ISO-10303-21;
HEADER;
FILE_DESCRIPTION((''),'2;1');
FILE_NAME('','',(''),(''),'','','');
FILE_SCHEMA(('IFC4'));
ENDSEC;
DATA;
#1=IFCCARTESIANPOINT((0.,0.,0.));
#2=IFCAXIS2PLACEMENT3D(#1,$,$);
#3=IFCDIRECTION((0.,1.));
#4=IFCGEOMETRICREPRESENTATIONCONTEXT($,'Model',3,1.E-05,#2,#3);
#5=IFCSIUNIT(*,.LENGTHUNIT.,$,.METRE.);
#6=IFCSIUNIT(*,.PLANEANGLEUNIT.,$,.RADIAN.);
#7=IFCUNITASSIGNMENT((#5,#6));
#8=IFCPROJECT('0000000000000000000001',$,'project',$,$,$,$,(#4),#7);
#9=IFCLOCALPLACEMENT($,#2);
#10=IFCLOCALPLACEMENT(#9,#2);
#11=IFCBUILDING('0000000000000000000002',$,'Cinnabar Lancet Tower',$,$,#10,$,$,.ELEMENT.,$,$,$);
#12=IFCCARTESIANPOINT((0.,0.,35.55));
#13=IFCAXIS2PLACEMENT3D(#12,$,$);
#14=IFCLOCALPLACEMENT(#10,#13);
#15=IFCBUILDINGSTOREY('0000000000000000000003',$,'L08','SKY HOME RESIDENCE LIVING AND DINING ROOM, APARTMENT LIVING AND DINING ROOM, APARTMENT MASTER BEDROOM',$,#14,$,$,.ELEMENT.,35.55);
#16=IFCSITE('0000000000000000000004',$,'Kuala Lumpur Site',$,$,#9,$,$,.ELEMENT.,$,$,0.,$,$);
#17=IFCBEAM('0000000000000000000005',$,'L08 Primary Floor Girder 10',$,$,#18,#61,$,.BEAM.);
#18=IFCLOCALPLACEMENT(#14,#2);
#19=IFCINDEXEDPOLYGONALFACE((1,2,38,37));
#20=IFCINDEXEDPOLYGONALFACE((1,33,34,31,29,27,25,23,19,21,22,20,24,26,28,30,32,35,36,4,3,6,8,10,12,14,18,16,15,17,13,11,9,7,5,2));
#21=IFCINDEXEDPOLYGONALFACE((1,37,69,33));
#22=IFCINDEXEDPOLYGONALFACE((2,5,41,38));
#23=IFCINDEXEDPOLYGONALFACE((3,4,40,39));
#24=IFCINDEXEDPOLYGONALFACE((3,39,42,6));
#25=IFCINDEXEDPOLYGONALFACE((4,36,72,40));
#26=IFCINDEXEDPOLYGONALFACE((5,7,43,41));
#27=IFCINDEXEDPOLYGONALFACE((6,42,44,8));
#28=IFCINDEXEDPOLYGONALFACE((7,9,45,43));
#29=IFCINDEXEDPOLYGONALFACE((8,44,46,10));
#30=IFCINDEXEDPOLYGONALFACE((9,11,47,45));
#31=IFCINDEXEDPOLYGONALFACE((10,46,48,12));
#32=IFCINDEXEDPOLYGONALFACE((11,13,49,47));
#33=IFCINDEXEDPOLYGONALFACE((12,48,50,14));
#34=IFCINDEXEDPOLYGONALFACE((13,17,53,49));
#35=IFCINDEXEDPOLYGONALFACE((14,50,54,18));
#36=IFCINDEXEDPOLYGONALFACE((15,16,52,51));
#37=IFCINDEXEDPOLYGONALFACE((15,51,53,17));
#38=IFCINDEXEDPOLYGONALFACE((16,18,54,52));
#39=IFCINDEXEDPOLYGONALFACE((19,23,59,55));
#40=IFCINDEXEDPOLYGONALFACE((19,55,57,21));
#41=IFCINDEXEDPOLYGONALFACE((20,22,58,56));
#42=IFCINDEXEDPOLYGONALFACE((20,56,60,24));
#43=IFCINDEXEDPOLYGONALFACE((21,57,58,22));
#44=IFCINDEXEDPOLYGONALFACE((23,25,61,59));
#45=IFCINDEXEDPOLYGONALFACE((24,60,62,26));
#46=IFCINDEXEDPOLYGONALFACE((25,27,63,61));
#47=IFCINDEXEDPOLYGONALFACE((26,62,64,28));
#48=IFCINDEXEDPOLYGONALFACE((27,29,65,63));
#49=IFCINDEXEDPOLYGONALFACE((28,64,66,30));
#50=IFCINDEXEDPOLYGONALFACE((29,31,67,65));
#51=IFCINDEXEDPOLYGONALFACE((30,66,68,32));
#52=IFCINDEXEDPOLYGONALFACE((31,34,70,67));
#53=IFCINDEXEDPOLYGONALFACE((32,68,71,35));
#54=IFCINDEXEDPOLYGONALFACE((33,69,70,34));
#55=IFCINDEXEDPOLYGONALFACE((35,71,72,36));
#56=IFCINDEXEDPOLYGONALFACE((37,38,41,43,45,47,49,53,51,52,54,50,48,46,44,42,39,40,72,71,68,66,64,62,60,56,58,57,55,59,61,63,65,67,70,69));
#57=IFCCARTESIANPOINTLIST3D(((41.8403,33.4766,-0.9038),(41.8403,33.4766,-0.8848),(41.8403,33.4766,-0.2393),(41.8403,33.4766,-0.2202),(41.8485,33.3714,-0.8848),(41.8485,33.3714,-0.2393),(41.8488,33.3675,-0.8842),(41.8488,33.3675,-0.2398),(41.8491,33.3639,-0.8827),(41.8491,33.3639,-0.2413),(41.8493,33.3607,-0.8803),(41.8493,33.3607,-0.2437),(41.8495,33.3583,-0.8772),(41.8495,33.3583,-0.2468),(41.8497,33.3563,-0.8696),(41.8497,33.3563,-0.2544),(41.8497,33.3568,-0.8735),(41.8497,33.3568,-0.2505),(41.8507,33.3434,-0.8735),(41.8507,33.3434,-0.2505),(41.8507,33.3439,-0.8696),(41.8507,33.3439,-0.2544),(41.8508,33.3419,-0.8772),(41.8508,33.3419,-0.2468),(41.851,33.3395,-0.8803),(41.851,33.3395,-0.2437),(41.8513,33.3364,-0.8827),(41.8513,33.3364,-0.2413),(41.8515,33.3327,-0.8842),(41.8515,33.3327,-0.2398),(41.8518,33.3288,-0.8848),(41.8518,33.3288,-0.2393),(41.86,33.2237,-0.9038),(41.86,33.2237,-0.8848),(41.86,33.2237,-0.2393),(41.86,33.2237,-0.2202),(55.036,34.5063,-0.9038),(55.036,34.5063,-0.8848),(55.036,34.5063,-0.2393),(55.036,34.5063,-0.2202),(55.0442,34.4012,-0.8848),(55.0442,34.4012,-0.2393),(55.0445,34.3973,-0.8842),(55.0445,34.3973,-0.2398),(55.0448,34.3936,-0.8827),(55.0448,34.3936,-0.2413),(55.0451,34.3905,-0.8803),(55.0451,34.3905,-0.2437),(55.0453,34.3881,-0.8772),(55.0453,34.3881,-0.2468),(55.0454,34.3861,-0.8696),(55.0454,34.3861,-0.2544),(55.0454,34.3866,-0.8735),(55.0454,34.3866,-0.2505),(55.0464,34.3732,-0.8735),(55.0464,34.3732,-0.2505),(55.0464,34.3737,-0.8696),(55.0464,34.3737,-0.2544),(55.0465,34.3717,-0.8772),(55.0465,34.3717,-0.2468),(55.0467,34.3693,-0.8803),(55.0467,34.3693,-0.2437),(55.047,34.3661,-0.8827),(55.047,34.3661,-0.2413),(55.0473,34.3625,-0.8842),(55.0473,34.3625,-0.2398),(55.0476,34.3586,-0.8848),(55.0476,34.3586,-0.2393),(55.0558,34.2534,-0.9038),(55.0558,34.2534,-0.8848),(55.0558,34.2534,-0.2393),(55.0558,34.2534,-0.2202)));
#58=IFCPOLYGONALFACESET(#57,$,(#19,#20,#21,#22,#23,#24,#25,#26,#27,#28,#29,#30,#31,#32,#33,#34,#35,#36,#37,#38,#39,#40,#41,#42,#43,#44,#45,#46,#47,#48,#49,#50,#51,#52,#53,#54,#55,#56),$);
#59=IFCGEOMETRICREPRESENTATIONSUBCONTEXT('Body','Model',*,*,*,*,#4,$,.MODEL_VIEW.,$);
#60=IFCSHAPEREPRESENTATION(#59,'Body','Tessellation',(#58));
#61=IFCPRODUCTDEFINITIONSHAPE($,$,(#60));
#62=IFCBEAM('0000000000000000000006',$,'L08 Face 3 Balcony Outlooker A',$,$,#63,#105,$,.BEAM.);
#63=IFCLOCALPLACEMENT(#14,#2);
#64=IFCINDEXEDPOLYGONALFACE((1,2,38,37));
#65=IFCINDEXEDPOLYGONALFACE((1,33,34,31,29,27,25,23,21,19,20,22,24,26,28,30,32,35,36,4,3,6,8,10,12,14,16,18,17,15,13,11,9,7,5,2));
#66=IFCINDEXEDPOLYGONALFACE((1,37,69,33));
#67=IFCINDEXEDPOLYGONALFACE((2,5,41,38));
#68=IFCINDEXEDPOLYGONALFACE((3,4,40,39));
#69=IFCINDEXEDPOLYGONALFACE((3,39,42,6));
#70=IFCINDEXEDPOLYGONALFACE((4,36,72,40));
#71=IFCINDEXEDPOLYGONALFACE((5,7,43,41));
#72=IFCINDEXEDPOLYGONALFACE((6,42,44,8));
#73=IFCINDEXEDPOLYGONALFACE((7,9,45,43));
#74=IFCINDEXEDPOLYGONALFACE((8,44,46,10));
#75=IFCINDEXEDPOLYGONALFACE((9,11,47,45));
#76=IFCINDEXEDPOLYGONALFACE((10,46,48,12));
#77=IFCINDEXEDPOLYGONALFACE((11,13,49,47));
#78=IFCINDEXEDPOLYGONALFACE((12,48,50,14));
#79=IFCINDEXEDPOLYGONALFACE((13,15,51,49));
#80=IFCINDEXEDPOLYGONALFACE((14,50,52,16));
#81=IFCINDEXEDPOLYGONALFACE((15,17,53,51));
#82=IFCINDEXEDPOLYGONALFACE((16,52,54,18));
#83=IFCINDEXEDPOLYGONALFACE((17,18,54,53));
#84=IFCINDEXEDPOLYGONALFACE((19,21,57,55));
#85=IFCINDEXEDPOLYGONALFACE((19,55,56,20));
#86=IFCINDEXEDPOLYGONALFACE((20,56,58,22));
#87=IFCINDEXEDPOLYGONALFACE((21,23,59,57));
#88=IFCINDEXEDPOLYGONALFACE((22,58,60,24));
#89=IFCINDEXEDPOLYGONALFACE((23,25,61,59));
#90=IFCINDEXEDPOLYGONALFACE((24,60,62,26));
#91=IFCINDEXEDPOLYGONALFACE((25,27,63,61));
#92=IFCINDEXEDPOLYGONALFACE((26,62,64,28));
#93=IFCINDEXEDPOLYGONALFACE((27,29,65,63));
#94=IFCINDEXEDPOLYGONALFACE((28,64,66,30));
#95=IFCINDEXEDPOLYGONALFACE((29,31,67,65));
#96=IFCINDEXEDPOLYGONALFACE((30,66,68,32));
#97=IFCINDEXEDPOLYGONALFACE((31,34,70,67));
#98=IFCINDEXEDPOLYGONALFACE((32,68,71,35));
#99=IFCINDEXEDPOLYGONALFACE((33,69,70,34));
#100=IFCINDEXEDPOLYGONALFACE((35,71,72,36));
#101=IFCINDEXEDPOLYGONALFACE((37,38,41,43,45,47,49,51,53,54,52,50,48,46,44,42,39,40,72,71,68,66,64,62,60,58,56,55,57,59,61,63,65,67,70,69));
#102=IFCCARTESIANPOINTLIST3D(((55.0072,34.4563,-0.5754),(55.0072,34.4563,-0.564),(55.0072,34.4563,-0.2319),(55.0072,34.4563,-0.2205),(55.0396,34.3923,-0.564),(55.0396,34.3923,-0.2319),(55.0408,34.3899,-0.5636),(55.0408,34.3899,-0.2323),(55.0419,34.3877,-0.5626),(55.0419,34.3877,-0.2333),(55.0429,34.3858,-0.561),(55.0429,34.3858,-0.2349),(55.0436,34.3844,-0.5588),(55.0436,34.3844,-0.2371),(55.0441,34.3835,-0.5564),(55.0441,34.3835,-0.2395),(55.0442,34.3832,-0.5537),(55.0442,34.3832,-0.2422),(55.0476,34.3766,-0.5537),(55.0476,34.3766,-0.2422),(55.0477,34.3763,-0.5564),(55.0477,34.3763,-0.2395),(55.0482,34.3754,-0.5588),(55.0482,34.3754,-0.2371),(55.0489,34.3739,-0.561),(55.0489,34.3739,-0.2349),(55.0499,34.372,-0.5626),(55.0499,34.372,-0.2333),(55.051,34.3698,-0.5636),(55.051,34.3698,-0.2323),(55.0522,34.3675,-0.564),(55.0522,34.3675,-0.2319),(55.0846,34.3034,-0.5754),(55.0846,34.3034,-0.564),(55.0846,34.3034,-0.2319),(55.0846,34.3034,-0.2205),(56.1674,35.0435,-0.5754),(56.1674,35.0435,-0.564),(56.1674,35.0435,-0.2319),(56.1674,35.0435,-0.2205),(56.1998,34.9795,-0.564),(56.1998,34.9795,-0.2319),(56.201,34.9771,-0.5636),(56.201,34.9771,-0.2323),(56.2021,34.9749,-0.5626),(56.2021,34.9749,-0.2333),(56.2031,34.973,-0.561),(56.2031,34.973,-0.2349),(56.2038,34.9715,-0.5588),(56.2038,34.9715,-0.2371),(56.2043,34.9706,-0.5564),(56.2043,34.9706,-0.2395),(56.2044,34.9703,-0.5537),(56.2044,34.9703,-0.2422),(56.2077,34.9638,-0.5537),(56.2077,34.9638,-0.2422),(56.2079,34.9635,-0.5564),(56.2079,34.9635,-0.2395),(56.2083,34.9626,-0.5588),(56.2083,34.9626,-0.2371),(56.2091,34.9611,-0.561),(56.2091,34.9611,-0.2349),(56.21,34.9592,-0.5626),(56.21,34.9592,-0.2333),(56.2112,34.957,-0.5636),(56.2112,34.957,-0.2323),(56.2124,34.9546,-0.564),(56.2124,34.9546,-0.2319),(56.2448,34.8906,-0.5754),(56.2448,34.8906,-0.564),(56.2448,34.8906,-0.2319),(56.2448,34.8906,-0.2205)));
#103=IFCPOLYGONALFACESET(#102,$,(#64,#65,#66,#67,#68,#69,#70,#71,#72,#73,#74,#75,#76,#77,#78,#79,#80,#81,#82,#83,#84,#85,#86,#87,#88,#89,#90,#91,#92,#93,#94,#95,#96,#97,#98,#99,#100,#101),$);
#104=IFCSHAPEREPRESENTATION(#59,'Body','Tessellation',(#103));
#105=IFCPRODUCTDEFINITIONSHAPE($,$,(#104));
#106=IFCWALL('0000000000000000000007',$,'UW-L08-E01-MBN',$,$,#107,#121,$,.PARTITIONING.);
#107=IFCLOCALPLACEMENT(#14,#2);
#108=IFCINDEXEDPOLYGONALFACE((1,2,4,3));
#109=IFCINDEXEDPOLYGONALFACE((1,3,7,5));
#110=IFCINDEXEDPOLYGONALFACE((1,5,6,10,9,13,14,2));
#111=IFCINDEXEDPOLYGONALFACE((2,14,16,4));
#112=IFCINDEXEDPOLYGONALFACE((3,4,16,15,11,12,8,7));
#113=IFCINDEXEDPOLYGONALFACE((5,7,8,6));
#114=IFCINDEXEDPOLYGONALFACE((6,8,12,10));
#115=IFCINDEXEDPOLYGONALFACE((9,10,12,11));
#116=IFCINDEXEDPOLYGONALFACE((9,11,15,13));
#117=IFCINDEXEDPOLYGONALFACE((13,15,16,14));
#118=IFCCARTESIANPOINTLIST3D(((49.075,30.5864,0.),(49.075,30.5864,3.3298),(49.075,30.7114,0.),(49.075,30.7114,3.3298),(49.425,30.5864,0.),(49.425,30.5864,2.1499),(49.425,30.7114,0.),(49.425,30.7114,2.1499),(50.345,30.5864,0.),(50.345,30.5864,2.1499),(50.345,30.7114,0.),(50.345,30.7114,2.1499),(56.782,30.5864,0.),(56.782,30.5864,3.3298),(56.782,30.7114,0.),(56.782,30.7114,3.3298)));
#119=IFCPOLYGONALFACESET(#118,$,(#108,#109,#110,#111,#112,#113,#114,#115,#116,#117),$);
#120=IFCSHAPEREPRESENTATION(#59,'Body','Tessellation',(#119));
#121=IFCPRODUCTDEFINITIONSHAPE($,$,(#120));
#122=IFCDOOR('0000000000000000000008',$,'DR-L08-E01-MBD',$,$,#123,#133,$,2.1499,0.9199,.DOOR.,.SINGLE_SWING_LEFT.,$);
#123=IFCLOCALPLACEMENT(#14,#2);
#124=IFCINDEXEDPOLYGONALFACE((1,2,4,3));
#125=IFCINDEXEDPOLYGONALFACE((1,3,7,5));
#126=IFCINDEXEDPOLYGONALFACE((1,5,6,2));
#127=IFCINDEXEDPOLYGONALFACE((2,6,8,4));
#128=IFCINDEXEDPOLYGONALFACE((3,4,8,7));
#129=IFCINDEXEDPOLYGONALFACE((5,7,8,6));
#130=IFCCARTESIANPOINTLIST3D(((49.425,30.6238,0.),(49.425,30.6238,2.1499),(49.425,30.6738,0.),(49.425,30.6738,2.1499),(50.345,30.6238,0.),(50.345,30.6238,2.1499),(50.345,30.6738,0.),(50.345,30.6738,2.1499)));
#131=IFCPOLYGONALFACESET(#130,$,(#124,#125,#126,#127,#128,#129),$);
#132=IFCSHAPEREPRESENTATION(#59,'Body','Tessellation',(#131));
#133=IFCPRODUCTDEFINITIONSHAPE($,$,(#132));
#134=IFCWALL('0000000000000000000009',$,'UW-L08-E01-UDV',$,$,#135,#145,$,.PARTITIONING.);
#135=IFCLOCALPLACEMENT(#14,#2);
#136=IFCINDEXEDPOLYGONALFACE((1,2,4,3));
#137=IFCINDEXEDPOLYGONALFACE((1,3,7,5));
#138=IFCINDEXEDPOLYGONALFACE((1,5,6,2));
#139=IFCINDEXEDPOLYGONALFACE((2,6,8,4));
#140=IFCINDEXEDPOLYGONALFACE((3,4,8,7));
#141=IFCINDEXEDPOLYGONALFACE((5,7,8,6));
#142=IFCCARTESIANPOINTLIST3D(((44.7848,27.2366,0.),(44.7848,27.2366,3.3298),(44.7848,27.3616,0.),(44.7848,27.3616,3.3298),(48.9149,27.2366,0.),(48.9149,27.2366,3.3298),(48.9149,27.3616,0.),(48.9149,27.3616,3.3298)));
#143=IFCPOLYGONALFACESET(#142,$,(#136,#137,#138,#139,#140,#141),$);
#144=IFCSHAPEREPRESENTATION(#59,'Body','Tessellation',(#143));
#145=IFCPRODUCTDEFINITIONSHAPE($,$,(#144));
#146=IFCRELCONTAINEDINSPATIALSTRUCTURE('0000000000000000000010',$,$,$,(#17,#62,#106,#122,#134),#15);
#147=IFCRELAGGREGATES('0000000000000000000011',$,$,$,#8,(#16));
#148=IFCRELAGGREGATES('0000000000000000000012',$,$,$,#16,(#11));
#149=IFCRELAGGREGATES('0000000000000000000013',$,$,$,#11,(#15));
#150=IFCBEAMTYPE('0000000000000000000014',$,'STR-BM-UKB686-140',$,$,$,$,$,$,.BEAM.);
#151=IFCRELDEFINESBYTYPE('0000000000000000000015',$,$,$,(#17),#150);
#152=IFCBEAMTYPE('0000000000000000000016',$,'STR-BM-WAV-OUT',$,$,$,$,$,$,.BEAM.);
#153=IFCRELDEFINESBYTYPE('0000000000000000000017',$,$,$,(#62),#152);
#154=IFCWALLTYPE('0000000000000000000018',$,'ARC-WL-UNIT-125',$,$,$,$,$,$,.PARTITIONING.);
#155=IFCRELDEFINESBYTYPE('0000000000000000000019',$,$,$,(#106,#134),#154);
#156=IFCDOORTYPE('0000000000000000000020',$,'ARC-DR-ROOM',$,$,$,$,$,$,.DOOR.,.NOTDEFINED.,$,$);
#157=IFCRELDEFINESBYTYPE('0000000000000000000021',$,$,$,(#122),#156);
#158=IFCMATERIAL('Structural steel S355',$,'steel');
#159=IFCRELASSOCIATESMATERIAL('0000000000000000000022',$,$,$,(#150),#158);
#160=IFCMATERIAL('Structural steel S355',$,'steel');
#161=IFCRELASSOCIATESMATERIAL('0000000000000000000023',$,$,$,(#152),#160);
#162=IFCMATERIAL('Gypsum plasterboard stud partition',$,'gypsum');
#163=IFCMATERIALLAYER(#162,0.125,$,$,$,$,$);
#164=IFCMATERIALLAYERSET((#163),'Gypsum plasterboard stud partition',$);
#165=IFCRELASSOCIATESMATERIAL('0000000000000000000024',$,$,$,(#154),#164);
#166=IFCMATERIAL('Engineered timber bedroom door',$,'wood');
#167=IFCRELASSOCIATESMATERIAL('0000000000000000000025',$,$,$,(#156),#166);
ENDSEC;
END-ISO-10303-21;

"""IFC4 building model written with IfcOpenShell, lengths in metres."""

from ifc_helpers import new_model, si_unit, direction, frame, frame_2d, origin, origin_2d, place, context, subcontext, project, spatial, rectangle, i_section, extrude, material, layer, layer_set, material_profile, profile_set, type_object, element, fill, save


model = new_model("IFC4")

# Units and contexts
model_context = context("Model", 3, precision=1e-05, world=origin(), true_north=direction((0.0, 1.0)))
body_context = subcontext(model_context, "Body", "Model", "MODEL_VIEW")
ifc_project = project(units=[si_unit("LENGTHUNIT", "METRE"), si_unit("PLANEANGLEUNIT", "RADIAN")], contexts=[model_context])

# Site, building, storey
site_placement = place(None, origin())
site = spatial("IfcSite", under=ifc_project, at=site_placement, Name="Kuala Lumpur Site", CompositionType="ELEMENT", RefElevation=0.0)
building_placement = place(site_placement, origin())
building = spatial("IfcBuilding", under=site, at=building_placement, Name="Cinnabar Lancet Tower", CompositionType="ELEMENT")
storey_placement = place(building_placement, frame((0.0, 0.0, 35.55)))
storey = spatial("IfcBuildingStorey", under=building, at=storey_placement, Name="L08", Description="SKY HOME RESIDENCE LIVING AND DINING ROOM, APARTMENT LIVING AND DINING ROOM, APARTMENT MASTER BEDROOM", CompositionType="ELEMENT", Elevation=35.55)

# Beams
ifc_material_1 = material(Name="Structural steel S355", Category="steel")
ifc_material_profile_1 = material_profile(ifc_material_1, i_section(OverallWidth=0.2537, OverallDepth=0.6836, WebThickness=0.0125, FlangeThickness=0.019, FilletRadius=0.0151, at=origin_2d()), Name="UKB 686x254x140")
ifc_profile_set_1 = profile_set([ifc_material_profile_1], Name="Structural steel S355")
beam_type_1 = type_object("IfcBeamType", Name="STR-BM-UKB686-140", PredefinedType="BEAM", material=ifc_profile_set_1)
beam_1_placement = place(storey_placement, frame((55.0459, 34.3799, -0.562), z_axis=(-0.996969, -0.077802, 0.0), x_axis=(0.077802, -0.996969, 0.0)))
element("IfcBeam", 1, at=beam_1_placement, inside=storey, type_object=beam_type_1, Name="L08 Primary Floor Girder 10", PredefinedType="BEAM", context=body_context, shape_type="SweptSolid", body=[
    extrude(i_section(OverallWidth=0.2537, OverallDepth=0.6836, WebThickness=0.0125, FlangeThickness=0.019, FilletRadius=0.0151, at=origin_2d()), origin(), (0.0, 0.0, 1.0), 13.2358),
])
ifc_material_2 = material(Name="Structural steel S355", Category="steel")
ifc_material_profile_2 = material_profile(ifc_material_2, i_section(OverallWidth=0.1714, OverallDepth=0.355, WebThickness=0.0073, FlangeThickness=0.0115, FilletRadius=0.0103, at=origin_2d()), Name="UKB 356x171x51")
ifc_profile_set_2 = profile_set([ifc_material_profile_2], Name="Structural steel S355")
beam_type_2 = type_object("IfcBeamType", Name="STR-BM-WAV-OUT", PredefinedType="BEAM", material=ifc_profile_set_2)
beam_2_placement = place(storey_placement, frame((55.0459, 34.3799, -0.3979), z_axis=(0.892239, 0.451564, 0.0), x_axis=(-0.451564, 0.892239, 0.0)))
element("IfcBeam", 2, at=beam_2_placement, inside=storey, type_object=beam_type_2, Name="L08 Face 3 Balcony Outlooker A", PredefinedType="BEAM", context=body_context, shape_type="SweptSolid", body=[
    extrude(i_section(OverallWidth=0.1714, OverallDepth=0.355, WebThickness=0.0073, FlangeThickness=0.0115, FilletRadius=0.0103, at=origin_2d()), origin(), (0.0, 0.0, 1.0), 1.3003),
])

# Wall, opening, door
ifc_material_3 = material(Name="Gypsum plasterboard stud partition", Category="gypsum")
ifc_layer_1 = layer(ifc_material_3, 0.125)
ifc_layer_set_1 = layer_set([ifc_layer_1], Name="Gypsum plasterboard stud partition")
wall_type_1 = type_object("IfcWallType", Name="ARC-WL-UNIT-125", PredefinedType="PARTITIONING", material=ifc_layer_set_1)
wall_1_placement = place(storey_placement, frame((49.075, 30.6489, 0.0), z_axis=(0.0, 0.0, 1.0), x_axis=(1.0, 0.0, 0.0)))
wall_1 = element("IfcWall", 3, at=wall_1_placement, inside=storey, type_object=wall_type_1, Name="UW-L08-E01-MBN", PredefinedType="PARTITIONING", context=body_context, shape_type="SweptSolid", body=[
    extrude(rectangle(XDim=7.707, YDim=0.125, at=frame_2d((3.8535, 0.0))), origin(), (0.0, 0.0, 1.0), 3.3298),
])
opening_1_placement = place(wall_1_placement, frame((0.3501, 0.0, 0.0)))
opening_1 = element("IfcOpeningElement", 4, at=opening_1_placement, cuts=wall_1, PredefinedType="OPENING", context=body_context, shape_type="SweptSolid", body=[
    extrude(rectangle(XDim=0.9199, YDim=2.1499, at=frame_2d((0.46, 1.075))), frame((0.0, 0.0725, 0.0), z_axis=(0.0, -1.0, 0.0), x_axis=(1.0, 0.0, 0.0)), (0.0, 0.0, 1.0), 0.145),
])
ifc_material_4 = material(Name="Engineered timber bedroom door", Category="wood")
door_type_1 = type_object("IfcDoorType", Name="ARC-DR-ROOM", OperationType="NOTDEFINED", PredefinedType="DOOR", material=ifc_material_4)
door_1_placement = place(opening_1_placement, origin())
door_1 = element("IfcDoor", 5, at=door_1_placement, inside=storey, type_object=door_type_1, Name="DR-L08-E01-MBD", OperationType="SINGLE_SWING_LEFT", OverallHeight=2.1499, OverallWidth=0.9199, PredefinedType="DOOR", context=body_context, shape_type="SweptSolid", body=[
    extrude(rectangle(XDim=0.9199, YDim=2.1499, at=frame_2d((0.46, 1.075))), frame((0.0, 0.0249, 0.0), z_axis=(0.0, -1.0, 0.0), x_axis=(1.0, 0.0, 0.0)), (0.0, 0.0, 1.0), 0.05),
])
fill(opening_1, door_1)

# Wall
wall_2_placement = place(storey_placement, frame((44.7849, 27.2991, 0.0), z_axis=(0.0, 0.0, 1.0), x_axis=(1.0, 0.0, 0.0)))
element("IfcWall", 6, at=wall_2_placement, inside=storey, type_object=wall_type_1, Name="UW-L08-E01-UDV", PredefinedType="PARTITIONING", context=body_context, shape_type="SweptSolid", body=[
    extrude(rectangle(XDim=4.1301, YDim=0.125, at=frame_2d((2.0649, 0.0))), origin(), (0.0, 0.0, 1.0), 3.3298),
])

save(model, "model.ifc")
